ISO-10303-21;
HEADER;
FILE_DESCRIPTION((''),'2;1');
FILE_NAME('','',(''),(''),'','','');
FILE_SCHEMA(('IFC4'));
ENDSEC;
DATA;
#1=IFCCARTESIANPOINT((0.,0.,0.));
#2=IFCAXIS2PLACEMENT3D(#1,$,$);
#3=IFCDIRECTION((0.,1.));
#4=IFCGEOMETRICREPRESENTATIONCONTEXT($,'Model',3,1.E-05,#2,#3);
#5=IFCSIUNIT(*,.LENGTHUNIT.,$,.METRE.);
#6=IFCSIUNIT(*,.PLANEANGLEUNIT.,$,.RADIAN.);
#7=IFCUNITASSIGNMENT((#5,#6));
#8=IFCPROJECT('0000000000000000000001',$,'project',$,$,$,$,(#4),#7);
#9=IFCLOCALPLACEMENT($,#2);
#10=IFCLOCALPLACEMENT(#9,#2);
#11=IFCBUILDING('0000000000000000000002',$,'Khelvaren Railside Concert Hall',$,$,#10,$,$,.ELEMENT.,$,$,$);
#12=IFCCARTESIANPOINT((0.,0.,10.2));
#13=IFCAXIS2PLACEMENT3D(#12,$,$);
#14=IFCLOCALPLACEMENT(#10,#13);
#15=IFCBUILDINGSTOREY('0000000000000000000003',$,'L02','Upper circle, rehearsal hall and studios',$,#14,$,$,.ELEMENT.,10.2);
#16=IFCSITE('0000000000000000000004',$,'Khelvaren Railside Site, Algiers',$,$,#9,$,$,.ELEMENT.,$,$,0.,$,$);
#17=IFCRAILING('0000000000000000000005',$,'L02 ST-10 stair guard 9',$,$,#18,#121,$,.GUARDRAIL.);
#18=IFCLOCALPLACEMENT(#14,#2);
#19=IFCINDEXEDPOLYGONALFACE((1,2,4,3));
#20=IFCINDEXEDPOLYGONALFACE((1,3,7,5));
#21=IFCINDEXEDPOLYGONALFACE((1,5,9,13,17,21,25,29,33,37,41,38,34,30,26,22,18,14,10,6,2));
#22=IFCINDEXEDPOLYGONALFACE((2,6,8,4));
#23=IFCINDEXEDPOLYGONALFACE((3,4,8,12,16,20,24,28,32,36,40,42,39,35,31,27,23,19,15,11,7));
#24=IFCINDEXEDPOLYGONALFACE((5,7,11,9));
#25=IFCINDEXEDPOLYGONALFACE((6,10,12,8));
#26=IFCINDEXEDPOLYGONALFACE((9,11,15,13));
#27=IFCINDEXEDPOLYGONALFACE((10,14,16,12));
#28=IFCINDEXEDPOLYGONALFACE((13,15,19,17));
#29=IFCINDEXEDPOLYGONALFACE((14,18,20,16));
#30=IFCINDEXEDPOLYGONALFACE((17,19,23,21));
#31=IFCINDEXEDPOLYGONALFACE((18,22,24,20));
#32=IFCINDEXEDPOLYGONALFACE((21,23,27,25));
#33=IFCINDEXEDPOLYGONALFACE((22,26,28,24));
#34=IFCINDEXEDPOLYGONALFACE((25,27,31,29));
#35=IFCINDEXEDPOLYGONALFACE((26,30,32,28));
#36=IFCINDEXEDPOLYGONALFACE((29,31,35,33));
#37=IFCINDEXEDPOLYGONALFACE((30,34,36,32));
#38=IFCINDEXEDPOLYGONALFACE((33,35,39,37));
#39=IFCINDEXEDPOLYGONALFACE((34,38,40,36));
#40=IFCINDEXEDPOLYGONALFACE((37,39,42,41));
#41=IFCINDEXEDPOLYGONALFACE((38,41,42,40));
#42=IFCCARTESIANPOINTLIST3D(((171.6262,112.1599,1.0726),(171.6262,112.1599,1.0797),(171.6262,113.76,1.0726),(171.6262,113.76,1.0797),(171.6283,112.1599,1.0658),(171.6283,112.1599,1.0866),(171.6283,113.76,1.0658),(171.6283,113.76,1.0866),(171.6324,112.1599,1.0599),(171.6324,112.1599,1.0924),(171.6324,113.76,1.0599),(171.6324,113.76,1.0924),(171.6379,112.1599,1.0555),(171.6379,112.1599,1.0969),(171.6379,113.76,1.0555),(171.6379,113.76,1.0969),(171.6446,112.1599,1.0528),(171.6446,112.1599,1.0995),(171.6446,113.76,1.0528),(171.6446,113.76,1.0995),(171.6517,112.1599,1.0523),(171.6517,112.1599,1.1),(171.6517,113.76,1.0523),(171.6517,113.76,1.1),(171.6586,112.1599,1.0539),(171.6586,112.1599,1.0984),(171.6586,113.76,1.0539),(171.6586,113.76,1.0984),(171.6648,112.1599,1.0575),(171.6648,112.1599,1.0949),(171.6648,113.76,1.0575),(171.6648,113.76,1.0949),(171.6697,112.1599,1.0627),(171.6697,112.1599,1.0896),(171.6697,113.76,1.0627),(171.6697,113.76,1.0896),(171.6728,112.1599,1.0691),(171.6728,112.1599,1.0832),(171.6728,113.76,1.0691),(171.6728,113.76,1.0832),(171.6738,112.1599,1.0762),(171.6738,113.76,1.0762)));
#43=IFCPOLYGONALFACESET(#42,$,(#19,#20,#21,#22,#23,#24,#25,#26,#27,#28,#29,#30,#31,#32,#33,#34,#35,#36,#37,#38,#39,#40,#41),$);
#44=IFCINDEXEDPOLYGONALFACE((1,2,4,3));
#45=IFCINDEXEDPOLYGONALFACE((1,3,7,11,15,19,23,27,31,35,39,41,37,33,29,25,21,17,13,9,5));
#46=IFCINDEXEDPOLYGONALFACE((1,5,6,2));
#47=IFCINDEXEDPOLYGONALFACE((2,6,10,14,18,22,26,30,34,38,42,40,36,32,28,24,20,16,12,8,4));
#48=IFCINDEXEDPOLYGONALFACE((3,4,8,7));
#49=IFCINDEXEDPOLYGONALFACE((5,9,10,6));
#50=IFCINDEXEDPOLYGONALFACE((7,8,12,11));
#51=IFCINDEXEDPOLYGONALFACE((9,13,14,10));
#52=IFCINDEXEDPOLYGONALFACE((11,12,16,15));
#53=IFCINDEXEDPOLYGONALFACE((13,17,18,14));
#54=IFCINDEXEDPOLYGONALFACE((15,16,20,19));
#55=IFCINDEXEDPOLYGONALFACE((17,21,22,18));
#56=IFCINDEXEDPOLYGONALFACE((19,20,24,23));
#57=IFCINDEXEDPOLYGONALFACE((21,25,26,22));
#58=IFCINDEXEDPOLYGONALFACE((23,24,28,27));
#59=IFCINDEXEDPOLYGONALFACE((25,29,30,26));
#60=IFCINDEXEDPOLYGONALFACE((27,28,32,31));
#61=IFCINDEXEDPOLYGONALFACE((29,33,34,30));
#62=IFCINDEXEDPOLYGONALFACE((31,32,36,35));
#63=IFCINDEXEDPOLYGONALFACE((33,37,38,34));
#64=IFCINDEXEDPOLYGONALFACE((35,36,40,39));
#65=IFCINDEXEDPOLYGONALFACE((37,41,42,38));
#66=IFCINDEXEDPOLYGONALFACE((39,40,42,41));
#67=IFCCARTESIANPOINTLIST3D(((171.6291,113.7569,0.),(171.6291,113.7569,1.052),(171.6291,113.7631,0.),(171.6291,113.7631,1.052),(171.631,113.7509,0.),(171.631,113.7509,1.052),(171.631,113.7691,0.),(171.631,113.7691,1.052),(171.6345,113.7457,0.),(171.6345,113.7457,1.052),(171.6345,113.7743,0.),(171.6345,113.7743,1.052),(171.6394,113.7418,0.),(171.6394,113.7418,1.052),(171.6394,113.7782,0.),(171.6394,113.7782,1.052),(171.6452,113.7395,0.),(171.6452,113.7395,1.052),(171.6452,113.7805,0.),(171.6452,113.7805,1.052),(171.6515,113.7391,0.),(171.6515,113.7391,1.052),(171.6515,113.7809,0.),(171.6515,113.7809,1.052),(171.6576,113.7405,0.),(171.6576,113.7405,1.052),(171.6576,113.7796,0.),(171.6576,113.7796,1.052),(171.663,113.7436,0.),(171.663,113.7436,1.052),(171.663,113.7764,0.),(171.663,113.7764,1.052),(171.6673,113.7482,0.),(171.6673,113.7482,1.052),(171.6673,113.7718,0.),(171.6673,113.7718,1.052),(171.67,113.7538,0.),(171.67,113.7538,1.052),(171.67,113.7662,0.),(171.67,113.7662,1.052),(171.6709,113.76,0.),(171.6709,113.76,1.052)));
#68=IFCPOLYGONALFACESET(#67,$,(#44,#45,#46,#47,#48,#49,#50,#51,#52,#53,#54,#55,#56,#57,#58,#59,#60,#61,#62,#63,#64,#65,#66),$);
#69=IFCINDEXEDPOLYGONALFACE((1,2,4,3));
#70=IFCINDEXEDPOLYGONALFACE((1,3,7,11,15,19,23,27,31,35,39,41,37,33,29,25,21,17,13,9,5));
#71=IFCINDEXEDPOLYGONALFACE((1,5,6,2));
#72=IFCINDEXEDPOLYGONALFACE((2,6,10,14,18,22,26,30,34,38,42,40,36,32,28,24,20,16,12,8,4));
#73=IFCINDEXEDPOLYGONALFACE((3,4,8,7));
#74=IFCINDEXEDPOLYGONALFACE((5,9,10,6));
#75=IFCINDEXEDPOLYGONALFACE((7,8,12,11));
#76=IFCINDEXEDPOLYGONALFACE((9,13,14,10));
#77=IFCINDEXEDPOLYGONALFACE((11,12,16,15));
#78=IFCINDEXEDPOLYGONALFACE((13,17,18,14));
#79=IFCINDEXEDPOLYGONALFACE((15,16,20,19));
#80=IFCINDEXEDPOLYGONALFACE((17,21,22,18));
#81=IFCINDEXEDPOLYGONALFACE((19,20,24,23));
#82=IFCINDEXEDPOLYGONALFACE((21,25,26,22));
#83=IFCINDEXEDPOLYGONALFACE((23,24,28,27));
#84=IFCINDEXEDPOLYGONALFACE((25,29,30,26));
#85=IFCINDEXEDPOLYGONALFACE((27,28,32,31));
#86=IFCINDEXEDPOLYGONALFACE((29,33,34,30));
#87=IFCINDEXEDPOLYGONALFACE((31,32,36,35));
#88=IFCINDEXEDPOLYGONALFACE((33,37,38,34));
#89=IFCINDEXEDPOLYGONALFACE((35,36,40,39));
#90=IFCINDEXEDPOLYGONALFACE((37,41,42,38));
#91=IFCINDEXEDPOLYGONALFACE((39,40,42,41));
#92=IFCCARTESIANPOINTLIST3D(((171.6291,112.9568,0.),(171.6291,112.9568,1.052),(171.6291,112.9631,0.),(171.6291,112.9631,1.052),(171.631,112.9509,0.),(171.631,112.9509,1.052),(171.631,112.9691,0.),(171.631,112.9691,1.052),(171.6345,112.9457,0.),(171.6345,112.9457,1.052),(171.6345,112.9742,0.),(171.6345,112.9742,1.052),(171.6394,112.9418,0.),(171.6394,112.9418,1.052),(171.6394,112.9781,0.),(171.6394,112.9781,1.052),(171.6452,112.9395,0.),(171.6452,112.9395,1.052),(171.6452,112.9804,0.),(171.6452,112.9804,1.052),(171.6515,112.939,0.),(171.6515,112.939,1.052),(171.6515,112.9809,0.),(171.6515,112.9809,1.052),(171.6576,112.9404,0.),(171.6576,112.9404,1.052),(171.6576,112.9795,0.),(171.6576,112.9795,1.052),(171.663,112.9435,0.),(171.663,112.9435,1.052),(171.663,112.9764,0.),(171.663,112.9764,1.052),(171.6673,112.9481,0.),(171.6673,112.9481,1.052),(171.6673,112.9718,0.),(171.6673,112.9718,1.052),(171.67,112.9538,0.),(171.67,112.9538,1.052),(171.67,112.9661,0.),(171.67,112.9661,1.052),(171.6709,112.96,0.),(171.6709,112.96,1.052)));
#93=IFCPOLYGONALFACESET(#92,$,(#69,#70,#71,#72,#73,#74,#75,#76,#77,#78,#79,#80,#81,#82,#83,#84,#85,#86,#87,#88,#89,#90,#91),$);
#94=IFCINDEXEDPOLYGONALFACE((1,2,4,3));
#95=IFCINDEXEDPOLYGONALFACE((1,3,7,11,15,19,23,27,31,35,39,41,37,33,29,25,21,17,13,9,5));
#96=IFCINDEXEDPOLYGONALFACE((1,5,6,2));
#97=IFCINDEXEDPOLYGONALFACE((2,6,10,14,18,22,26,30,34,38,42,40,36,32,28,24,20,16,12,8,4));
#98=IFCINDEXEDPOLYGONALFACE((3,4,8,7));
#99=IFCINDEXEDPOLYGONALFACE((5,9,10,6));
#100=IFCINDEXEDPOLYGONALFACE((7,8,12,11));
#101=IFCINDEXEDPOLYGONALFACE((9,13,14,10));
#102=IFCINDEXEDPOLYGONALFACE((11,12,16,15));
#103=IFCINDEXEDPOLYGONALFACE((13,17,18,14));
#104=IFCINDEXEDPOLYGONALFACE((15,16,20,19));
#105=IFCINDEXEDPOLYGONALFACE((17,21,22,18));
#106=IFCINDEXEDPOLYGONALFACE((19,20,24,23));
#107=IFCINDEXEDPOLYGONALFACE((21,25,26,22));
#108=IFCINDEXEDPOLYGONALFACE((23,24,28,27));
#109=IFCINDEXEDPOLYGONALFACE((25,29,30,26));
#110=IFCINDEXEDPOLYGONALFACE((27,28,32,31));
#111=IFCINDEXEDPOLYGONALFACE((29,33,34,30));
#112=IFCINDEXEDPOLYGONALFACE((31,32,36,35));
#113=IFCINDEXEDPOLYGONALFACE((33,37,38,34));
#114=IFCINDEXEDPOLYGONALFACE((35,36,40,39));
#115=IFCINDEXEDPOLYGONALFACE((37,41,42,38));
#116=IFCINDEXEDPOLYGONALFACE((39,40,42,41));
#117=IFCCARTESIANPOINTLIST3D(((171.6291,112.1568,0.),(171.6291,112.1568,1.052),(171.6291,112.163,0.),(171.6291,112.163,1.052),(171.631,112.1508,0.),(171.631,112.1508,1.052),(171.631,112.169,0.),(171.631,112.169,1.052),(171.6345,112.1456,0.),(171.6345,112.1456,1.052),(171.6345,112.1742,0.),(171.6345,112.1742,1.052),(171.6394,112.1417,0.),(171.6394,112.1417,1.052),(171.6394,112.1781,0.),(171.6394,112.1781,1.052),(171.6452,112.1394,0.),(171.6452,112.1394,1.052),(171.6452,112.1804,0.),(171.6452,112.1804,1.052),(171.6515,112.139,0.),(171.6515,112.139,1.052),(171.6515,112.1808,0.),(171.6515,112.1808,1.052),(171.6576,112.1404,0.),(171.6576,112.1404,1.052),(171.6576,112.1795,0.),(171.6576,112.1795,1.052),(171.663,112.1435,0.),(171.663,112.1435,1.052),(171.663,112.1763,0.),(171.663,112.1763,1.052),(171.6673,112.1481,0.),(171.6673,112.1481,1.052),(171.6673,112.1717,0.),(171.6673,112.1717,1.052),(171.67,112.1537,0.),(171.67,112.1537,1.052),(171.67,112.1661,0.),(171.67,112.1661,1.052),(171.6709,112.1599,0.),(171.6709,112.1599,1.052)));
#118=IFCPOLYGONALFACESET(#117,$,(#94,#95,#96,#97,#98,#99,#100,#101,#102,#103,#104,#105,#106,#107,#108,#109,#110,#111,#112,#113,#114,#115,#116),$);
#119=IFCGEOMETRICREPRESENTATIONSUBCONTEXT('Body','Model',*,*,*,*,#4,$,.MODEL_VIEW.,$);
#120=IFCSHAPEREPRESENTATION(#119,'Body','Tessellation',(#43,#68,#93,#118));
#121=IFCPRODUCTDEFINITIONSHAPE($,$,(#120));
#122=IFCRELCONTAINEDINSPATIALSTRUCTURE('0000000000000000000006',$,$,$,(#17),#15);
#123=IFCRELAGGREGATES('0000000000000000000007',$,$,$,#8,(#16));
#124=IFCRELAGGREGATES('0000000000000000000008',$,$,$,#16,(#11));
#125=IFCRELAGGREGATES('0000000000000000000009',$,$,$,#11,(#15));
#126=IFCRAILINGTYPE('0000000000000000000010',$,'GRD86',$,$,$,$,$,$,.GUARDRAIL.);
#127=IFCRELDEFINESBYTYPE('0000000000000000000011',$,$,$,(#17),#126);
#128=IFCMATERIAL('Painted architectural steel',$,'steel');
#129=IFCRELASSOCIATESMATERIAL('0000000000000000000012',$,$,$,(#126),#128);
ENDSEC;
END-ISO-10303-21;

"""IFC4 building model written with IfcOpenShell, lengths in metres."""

from ifc_helpers import new_model, si_unit, direction, frame, origin, origin_2d, place, context, subcontext, project, spatial, circle, extrude, material, type_object, element, save


model = new_model("IFC4")

# Units and contexts
model_context = context("Model", 3, precision=1e-05, world=origin(), true_north=direction((0.0, 1.0)))
body_context = subcontext(model_context, "Body", "Model", "MODEL_VIEW")
ifc_project = project(units=[si_unit("LENGTHUNIT", "METRE"), si_unit("PLANEANGLEUNIT", "RADIAN")], contexts=[model_context])

# Site, building, storey
site_placement = place(None, origin())
site = spatial("IfcSite", under=ifc_project, at=site_placement, Name="Khelvaren Railside Site, Algiers", CompositionType="ELEMENT", RefElevation=0.0)
building_placement = place(site_placement, origin())
building = spatial("IfcBuilding", under=site, at=building_placement, Name="Khelvaren Railside Concert Hall", CompositionType="ELEMENT")
storey_placement = place(building_placement, frame((0.0, 0.0, 10.2)))
storey = spatial("IfcBuildingStorey", under=building, at=storey_placement, Name="L02", Description="Upper circle, rehearsal hall and studios", CompositionType="ELEMENT", Elevation=10.2)

# Railing
ifc_material_1 = material(Name="Painted architectural steel", Category="steel")
railing_type_1 = type_object("IfcRailingType", Name="GRD86", PredefinedType="GUARDRAIL", material=ifc_material_1)
railing_1_placement = place(storey_placement, frame((171.6499, 113.76, 0.0)))
element("IfcRailing", 1, at=railing_1_placement, inside=storey, type_object=railing_type_1, Name="L02 ST-10 stair guard 9", PredefinedType="GUARDRAIL", context=body_context, shape_type="SweptSolid", body=[
    extrude(circle(Radius=0.0239, at=origin_2d()), frame((0.0, 0.0, 1.0762), z_axis=(0.0, -1.0, 0.0), x_axis=(1.0, 0.0, 0.0)), (0.0, 0.0, 1.0), 1.6001),
    extrude(circle(Radius=0.021, at=origin_2d()), origin(), (0.0, 0.0, 1.0), 1.052),
    extrude(circle(Radius=0.021, at=origin_2d()), frame((0.0, -0.8, 0.0)), (0.0, 0.0, 1.0), 1.052),
    extrude(circle(Radius=0.021, at=origin_2d()), frame((0.0, -1.6001, 0.0)), (0.0, 0.0, 1.0), 1.052),
])

save(model, "model.ifc")
